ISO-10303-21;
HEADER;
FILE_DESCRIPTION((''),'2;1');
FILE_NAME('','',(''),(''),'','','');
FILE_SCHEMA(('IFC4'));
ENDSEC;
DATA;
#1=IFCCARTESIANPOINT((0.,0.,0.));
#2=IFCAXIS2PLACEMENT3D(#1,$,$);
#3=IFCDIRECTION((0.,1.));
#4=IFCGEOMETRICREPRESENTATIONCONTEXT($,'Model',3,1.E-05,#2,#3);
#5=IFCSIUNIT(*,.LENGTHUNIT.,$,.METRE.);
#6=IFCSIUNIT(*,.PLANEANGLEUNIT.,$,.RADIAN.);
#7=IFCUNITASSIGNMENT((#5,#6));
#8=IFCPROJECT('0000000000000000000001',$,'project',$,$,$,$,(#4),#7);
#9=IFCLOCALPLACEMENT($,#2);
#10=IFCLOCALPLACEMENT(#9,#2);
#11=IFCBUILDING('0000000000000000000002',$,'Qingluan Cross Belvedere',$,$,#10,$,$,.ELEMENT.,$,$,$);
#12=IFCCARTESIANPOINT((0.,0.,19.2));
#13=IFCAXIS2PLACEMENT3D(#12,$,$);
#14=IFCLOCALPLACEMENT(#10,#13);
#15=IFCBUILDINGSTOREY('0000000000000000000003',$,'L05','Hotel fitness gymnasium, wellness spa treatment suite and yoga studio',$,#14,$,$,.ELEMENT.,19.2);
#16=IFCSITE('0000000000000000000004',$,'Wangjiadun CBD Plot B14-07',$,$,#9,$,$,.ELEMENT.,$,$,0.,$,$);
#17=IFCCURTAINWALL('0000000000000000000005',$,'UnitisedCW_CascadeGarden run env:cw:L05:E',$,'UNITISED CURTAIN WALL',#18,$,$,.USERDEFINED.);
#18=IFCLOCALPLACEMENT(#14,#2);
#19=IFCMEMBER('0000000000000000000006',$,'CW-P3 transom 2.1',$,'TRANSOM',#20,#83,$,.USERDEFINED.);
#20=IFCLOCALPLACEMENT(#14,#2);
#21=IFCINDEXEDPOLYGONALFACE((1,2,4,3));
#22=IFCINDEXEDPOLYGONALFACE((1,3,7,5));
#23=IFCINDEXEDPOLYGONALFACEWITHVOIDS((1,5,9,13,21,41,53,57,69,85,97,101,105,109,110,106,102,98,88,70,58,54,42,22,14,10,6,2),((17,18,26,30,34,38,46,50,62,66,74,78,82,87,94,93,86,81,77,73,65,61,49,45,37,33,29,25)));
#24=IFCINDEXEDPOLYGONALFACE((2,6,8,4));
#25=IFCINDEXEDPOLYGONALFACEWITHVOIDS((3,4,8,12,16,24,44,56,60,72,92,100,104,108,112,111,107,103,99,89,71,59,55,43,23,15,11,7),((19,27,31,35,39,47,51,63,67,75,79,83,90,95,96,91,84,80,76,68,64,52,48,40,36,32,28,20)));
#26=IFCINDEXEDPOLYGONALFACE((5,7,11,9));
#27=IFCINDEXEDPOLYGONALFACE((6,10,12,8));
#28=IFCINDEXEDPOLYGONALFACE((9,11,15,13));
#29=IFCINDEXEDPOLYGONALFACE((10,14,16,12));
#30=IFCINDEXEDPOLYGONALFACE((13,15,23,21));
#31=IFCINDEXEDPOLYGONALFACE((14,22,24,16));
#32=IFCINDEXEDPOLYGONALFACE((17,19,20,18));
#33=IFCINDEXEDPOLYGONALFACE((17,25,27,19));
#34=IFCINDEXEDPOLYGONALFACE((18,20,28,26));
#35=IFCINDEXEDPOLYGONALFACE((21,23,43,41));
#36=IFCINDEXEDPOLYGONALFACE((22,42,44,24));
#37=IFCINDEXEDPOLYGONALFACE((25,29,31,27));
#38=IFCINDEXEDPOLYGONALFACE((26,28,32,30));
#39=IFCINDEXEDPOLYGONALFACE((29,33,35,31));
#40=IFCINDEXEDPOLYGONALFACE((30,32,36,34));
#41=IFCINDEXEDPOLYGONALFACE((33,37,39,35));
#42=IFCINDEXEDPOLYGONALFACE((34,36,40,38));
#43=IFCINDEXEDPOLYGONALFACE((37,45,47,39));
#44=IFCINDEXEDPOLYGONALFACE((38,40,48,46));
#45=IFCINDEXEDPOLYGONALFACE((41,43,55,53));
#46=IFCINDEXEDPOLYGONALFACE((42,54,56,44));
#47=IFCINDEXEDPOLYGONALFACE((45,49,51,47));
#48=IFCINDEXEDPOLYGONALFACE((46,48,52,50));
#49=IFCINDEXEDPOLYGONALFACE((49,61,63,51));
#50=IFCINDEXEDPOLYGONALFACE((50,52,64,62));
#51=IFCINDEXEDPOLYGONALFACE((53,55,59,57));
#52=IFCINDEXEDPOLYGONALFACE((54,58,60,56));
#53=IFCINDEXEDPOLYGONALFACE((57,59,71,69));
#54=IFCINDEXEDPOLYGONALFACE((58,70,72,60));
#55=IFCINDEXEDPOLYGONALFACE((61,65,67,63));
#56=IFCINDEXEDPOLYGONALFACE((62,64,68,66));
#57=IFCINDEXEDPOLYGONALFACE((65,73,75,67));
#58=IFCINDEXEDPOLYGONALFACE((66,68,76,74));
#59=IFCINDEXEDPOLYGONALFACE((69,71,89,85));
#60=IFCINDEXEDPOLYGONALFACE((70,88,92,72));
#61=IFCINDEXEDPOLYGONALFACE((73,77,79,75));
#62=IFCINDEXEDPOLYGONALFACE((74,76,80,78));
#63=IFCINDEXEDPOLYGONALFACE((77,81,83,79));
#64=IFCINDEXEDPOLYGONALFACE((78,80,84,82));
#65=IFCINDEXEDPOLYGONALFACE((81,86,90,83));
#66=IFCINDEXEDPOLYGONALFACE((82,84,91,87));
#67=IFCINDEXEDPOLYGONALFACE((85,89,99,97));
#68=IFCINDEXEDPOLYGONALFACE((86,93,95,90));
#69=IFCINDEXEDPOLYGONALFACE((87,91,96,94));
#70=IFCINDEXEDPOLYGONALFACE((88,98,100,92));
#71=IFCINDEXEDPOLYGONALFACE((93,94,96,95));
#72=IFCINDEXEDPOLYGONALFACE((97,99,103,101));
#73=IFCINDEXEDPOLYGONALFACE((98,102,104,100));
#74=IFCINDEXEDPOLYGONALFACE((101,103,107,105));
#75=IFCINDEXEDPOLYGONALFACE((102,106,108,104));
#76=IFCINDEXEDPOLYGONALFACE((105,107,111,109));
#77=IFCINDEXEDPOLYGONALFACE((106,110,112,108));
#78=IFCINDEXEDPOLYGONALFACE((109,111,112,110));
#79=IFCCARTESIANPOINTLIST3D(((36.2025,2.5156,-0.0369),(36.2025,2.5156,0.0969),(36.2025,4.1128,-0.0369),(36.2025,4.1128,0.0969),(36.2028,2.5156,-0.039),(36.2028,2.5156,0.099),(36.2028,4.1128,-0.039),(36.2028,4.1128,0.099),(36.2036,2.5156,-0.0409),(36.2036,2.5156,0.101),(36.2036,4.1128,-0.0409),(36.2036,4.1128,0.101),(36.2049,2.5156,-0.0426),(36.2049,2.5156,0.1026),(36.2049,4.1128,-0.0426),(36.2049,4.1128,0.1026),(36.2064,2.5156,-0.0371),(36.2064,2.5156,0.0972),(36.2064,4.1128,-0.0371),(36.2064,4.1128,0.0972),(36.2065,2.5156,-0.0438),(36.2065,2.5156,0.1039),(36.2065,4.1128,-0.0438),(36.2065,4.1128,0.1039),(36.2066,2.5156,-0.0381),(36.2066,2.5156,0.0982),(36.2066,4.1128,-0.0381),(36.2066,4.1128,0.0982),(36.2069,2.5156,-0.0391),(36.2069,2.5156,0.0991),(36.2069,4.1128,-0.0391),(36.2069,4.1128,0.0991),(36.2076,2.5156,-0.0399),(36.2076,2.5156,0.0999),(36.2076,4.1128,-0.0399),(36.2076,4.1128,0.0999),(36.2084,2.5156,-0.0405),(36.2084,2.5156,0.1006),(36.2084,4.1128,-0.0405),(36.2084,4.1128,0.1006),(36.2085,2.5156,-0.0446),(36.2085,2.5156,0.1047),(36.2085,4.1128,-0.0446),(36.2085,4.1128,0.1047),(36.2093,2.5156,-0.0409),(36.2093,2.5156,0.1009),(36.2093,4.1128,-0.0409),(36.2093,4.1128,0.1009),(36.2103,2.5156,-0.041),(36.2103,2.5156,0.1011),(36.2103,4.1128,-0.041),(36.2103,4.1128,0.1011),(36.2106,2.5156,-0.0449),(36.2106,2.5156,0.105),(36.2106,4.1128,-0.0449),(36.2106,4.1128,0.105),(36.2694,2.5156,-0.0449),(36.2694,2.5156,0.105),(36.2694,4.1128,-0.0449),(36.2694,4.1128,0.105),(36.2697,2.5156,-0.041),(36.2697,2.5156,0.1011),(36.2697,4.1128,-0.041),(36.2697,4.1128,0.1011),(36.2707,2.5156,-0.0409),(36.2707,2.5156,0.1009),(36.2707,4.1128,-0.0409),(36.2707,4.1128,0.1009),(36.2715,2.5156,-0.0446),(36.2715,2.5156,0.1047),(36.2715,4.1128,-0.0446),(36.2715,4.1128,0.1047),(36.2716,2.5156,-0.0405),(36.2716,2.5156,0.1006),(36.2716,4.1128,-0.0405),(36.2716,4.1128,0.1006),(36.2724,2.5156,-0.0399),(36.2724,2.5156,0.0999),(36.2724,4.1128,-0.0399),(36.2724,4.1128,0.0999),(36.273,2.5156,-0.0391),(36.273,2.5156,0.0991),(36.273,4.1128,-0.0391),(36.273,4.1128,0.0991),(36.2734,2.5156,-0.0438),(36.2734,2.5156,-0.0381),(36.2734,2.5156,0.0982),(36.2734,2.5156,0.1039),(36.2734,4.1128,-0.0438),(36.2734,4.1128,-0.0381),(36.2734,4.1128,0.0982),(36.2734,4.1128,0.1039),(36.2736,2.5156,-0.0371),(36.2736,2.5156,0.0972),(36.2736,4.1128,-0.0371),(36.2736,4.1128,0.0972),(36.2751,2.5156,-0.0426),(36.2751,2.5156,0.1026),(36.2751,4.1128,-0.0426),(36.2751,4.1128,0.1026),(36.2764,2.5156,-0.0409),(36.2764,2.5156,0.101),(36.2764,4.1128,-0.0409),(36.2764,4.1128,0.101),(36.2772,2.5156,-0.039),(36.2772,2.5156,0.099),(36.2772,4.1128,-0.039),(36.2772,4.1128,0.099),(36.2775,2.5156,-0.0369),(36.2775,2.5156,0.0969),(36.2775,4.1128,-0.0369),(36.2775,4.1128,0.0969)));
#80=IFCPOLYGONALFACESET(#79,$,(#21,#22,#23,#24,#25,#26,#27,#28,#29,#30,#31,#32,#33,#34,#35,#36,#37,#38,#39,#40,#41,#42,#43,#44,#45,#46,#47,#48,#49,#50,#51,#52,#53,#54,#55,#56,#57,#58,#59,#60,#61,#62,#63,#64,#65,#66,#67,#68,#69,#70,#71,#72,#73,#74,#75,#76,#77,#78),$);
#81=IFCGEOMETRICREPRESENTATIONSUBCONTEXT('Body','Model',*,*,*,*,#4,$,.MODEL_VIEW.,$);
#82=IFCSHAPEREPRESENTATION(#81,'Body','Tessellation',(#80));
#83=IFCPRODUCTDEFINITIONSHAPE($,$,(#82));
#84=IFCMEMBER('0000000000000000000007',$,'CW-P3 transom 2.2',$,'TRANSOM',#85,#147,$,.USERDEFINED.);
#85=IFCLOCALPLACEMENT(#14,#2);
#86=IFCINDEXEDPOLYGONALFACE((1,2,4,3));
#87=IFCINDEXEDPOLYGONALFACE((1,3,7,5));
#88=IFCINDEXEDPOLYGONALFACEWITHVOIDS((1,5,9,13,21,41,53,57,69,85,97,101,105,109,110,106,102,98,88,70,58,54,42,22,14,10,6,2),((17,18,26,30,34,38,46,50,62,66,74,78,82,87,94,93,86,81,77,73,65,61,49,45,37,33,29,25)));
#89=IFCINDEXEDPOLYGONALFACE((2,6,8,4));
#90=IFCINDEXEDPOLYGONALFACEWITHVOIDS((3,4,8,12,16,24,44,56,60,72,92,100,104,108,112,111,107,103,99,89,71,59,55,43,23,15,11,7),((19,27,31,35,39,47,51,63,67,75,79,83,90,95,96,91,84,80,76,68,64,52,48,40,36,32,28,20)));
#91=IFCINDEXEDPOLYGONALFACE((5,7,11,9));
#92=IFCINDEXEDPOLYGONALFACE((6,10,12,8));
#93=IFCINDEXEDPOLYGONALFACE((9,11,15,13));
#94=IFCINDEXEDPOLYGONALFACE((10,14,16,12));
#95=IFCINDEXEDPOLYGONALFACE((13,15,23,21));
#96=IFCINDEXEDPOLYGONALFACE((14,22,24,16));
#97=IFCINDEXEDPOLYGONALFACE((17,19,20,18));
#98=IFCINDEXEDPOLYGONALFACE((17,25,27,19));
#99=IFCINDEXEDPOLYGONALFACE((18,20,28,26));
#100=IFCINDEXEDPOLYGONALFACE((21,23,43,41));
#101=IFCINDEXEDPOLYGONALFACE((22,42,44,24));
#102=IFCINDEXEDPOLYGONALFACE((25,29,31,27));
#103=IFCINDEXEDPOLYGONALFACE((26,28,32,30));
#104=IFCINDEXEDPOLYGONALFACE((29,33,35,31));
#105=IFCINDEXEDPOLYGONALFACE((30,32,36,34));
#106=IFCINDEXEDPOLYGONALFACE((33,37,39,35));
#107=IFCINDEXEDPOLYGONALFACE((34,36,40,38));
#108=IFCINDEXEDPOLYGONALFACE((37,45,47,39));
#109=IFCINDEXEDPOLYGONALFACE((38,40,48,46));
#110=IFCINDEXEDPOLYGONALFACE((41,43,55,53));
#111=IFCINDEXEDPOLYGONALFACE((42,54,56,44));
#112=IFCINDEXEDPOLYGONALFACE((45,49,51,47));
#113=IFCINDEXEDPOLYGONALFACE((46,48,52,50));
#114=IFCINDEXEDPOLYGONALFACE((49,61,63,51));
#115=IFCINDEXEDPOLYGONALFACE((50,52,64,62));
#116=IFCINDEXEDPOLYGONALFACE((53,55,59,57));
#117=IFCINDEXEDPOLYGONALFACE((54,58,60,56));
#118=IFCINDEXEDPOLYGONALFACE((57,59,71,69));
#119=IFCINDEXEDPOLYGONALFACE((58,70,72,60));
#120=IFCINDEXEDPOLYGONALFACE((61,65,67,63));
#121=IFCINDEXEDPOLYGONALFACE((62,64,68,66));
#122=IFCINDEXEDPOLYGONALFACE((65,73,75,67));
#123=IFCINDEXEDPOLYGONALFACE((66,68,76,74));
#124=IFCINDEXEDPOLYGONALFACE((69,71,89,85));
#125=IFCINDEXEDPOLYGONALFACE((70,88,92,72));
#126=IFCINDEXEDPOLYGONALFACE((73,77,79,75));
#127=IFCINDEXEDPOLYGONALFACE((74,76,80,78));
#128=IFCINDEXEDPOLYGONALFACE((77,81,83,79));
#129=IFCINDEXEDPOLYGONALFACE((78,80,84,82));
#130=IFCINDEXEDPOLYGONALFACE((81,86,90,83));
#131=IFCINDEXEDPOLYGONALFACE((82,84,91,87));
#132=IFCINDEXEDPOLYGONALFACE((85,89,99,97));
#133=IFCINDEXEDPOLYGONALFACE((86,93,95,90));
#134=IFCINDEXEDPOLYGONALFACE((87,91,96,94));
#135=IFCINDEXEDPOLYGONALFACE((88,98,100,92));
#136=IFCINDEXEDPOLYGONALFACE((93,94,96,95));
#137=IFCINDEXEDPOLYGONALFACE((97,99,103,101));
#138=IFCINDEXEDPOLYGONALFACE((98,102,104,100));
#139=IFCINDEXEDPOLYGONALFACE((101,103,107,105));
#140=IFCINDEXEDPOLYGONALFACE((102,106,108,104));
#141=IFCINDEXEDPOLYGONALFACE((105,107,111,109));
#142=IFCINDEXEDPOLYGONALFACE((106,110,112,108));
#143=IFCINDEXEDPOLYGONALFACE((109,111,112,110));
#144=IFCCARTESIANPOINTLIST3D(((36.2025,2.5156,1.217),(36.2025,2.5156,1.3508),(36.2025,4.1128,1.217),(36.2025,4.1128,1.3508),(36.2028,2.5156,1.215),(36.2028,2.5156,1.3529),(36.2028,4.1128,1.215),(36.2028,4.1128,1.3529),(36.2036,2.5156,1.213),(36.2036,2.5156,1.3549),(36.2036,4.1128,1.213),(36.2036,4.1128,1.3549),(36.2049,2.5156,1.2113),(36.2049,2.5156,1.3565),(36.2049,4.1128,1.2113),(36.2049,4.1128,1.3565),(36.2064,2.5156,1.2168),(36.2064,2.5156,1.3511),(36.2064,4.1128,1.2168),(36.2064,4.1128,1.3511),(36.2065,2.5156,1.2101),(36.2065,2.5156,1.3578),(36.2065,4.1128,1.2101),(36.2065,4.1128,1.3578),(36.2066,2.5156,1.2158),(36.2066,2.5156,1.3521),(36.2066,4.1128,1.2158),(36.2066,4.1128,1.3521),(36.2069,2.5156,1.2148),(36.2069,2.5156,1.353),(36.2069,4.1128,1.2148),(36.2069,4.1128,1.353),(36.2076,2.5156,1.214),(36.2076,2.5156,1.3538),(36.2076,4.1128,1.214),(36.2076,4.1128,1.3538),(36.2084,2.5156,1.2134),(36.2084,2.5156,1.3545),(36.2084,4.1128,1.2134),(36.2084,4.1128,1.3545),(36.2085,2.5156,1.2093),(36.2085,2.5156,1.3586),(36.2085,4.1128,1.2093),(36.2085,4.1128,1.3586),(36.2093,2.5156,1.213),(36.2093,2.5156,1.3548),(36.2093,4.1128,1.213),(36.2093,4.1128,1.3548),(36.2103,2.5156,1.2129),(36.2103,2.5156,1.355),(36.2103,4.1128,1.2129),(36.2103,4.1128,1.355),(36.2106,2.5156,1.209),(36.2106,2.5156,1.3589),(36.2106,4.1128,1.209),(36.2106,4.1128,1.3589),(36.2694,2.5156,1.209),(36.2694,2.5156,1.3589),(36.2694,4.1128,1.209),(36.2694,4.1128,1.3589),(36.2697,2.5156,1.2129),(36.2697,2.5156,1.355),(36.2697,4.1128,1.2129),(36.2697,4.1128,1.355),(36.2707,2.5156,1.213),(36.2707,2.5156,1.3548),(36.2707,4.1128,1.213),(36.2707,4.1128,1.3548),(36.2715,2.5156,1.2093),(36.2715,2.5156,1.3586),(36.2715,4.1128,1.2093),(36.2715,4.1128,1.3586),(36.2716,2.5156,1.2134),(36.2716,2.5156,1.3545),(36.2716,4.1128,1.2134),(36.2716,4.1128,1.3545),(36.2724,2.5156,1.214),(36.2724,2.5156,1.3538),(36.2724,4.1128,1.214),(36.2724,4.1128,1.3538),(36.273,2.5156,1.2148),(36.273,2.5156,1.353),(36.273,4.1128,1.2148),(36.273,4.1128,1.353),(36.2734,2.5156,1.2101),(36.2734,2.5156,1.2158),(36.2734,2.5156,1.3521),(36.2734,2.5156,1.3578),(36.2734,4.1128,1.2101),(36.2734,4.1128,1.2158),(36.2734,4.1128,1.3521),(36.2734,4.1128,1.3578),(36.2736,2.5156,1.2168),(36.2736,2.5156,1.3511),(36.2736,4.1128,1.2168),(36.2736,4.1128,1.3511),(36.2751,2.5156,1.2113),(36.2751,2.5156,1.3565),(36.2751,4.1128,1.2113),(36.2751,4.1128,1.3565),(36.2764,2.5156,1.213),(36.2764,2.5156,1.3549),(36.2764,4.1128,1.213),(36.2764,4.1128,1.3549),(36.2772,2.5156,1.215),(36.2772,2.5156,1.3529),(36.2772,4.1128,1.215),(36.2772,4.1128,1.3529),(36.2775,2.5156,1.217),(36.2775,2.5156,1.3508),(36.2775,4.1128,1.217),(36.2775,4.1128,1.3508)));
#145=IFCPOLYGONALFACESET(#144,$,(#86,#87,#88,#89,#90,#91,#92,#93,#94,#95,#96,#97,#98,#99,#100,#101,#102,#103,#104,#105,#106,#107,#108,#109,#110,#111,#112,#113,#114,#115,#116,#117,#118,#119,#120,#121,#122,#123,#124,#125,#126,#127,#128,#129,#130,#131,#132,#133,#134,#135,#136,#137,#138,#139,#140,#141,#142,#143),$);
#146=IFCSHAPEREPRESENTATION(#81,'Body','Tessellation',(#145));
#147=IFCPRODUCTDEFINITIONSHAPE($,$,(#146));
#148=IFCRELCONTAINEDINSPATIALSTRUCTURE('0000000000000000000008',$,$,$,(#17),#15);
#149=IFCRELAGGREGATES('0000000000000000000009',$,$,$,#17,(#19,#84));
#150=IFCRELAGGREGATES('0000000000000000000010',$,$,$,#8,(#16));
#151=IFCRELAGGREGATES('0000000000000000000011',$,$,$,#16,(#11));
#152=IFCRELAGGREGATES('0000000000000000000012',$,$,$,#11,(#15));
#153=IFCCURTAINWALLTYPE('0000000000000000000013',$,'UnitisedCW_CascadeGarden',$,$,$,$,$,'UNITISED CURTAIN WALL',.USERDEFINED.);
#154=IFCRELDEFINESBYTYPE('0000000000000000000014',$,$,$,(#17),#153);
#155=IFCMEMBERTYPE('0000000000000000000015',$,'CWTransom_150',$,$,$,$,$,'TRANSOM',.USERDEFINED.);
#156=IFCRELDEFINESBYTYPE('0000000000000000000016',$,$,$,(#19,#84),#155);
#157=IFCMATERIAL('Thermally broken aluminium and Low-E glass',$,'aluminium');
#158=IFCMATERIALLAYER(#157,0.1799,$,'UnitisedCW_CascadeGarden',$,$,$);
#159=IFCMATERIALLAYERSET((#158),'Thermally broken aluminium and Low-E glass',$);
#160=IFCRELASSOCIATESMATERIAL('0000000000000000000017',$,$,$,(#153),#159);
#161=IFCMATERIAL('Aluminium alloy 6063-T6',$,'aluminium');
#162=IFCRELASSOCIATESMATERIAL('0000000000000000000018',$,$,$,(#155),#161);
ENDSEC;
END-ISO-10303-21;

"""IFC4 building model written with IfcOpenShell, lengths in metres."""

from ifc_helpers import new_model, si_unit, direction, frame, origin, origin_2d, place, context, subcontext, project, spatial, hollow_rectangle, extrude, material, layer, layer_set, material_profile, profile_set, type_object, element, aggregate, save


model = new_model("IFC4")

# Units and contexts
model_context = context("Model", 3, precision=1e-05, world=origin(), true_north=direction((0.0, 1.0)))
body_context = subcontext(model_context, "Body", "Model", "MODEL_VIEW")
ifc_project = project(units=[si_unit("LENGTHUNIT", "METRE"), si_unit("PLANEANGLEUNIT", "RADIAN")], contexts=[model_context])

# Site, building, storey
site_placement = place(None, origin())
site = spatial("IfcSite", under=ifc_project, at=site_placement, Name="Wangjiadun CBD Plot B14-07", CompositionType="ELEMENT", RefElevation=0.0)
building_placement = place(site_placement, origin())
building = spatial("IfcBuilding", under=site, at=building_placement, Name="Qingluan Cross Belvedere", CompositionType="ELEMENT")
storey_placement = place(building_placement, frame((0.0, 0.0, 19.2)))
storey = spatial("IfcBuildingStorey", under=building, at=storey_placement, Name="L05", Description="Hotel fitness gymnasium, wellness spa treatment suite and yoga studio", CompositionType="ELEMENT", Elevation=19.2)

# Curtain wall, members
ifc_material_1 = material(Name="Thermally broken aluminium and Low-E glass", Category="aluminium")
ifc_layer_1 = layer(ifc_material_1, 0.1799, Name="UnitisedCW_CascadeGarden")
ifc_layer_set_1 = layer_set([ifc_layer_1], Name="Thermally broken aluminium and Low-E glass")
curtain_wall_type = type_object("IfcCurtainWallType", Name="UnitisedCW_CascadeGarden", ElementType="UNITISED CURTAIN WALL", PredefinedType="USERDEFINED", material=ifc_layer_set_1)
curtain_wall_placement = place(storey_placement, origin())
curtain_wall = element("IfcCurtainWall", 1, at=curtain_wall_placement, inside=storey, type_object=curtain_wall_type, Name="UnitisedCW_CascadeGarden run env:cw:L05:E", ObjectType="UNITISED CURTAIN WALL", PredefinedType="USERDEFINED")
ifc_material_2 = material(Name="Aluminium alloy 6063-T6", Category="aluminium")
ifc_material_profile_1 = material_profile(ifc_material_2, hollow_rectangle(XDim=0.075, YDim=0.1499, WallThickness=0.0039, InnerFilletRadius=0.0039, OuterFilletRadius=0.0081, at=origin_2d()), Name="CWT150x75x4")
ifc_profile_set_1 = profile_set([ifc_material_profile_1], Name="Aluminium alloy 6063-T6")
member_type_1 = type_object("IfcMemberType", Name="CWTransom_150", ElementType="TRANSOM", PredefinedType="USERDEFINED", material=ifc_profile_set_1)
member_1_placement = place(storey_placement, frame((36.24, 4.1128, 0.03), z_axis=(0.0, -1.0, 0.0), x_axis=(1.0, 0.0, 0.0)))
member_1 = element("IfcMember", 2, at=member_1_placement, type_object=member_type_1, Name="CW-P3 transom 2.1", ObjectType="TRANSOM", PredefinedType="USERDEFINED", context=body_context, shape_type="SweptSolid", body=[
    extrude(hollow_rectangle(XDim=0.075, YDim=0.1499, WallThickness=0.0039, InnerFilletRadius=0.0039, OuterFilletRadius=0.0081, at=origin_2d()), origin(), (0.0, 0.0, 1.0), 1.5972),
])
member_2_placement = place(storey_placement, frame((36.24, 4.1128, 1.2839), z_axis=(0.0, -1.0, 0.0), x_axis=(1.0, 0.0, 0.0)))
member_2 = element("IfcMember", 3, at=member_2_placement, type_object=member_type_1, Name="CW-P3 transom 2.2", ObjectType="TRANSOM", PredefinedType="USERDEFINED", context=body_context, shape_type="SweptSolid", body=[
    extrude(hollow_rectangle(XDim=0.075, YDim=0.1499, WallThickness=0.0039, InnerFilletRadius=0.0039, OuterFilletRadius=0.0081, at=origin_2d()), origin(), (0.0, 0.0, 1.0), 1.5972),
])
aggregate(curtain_wall, [member_1, member_2])

save(model, "model.ifc")
